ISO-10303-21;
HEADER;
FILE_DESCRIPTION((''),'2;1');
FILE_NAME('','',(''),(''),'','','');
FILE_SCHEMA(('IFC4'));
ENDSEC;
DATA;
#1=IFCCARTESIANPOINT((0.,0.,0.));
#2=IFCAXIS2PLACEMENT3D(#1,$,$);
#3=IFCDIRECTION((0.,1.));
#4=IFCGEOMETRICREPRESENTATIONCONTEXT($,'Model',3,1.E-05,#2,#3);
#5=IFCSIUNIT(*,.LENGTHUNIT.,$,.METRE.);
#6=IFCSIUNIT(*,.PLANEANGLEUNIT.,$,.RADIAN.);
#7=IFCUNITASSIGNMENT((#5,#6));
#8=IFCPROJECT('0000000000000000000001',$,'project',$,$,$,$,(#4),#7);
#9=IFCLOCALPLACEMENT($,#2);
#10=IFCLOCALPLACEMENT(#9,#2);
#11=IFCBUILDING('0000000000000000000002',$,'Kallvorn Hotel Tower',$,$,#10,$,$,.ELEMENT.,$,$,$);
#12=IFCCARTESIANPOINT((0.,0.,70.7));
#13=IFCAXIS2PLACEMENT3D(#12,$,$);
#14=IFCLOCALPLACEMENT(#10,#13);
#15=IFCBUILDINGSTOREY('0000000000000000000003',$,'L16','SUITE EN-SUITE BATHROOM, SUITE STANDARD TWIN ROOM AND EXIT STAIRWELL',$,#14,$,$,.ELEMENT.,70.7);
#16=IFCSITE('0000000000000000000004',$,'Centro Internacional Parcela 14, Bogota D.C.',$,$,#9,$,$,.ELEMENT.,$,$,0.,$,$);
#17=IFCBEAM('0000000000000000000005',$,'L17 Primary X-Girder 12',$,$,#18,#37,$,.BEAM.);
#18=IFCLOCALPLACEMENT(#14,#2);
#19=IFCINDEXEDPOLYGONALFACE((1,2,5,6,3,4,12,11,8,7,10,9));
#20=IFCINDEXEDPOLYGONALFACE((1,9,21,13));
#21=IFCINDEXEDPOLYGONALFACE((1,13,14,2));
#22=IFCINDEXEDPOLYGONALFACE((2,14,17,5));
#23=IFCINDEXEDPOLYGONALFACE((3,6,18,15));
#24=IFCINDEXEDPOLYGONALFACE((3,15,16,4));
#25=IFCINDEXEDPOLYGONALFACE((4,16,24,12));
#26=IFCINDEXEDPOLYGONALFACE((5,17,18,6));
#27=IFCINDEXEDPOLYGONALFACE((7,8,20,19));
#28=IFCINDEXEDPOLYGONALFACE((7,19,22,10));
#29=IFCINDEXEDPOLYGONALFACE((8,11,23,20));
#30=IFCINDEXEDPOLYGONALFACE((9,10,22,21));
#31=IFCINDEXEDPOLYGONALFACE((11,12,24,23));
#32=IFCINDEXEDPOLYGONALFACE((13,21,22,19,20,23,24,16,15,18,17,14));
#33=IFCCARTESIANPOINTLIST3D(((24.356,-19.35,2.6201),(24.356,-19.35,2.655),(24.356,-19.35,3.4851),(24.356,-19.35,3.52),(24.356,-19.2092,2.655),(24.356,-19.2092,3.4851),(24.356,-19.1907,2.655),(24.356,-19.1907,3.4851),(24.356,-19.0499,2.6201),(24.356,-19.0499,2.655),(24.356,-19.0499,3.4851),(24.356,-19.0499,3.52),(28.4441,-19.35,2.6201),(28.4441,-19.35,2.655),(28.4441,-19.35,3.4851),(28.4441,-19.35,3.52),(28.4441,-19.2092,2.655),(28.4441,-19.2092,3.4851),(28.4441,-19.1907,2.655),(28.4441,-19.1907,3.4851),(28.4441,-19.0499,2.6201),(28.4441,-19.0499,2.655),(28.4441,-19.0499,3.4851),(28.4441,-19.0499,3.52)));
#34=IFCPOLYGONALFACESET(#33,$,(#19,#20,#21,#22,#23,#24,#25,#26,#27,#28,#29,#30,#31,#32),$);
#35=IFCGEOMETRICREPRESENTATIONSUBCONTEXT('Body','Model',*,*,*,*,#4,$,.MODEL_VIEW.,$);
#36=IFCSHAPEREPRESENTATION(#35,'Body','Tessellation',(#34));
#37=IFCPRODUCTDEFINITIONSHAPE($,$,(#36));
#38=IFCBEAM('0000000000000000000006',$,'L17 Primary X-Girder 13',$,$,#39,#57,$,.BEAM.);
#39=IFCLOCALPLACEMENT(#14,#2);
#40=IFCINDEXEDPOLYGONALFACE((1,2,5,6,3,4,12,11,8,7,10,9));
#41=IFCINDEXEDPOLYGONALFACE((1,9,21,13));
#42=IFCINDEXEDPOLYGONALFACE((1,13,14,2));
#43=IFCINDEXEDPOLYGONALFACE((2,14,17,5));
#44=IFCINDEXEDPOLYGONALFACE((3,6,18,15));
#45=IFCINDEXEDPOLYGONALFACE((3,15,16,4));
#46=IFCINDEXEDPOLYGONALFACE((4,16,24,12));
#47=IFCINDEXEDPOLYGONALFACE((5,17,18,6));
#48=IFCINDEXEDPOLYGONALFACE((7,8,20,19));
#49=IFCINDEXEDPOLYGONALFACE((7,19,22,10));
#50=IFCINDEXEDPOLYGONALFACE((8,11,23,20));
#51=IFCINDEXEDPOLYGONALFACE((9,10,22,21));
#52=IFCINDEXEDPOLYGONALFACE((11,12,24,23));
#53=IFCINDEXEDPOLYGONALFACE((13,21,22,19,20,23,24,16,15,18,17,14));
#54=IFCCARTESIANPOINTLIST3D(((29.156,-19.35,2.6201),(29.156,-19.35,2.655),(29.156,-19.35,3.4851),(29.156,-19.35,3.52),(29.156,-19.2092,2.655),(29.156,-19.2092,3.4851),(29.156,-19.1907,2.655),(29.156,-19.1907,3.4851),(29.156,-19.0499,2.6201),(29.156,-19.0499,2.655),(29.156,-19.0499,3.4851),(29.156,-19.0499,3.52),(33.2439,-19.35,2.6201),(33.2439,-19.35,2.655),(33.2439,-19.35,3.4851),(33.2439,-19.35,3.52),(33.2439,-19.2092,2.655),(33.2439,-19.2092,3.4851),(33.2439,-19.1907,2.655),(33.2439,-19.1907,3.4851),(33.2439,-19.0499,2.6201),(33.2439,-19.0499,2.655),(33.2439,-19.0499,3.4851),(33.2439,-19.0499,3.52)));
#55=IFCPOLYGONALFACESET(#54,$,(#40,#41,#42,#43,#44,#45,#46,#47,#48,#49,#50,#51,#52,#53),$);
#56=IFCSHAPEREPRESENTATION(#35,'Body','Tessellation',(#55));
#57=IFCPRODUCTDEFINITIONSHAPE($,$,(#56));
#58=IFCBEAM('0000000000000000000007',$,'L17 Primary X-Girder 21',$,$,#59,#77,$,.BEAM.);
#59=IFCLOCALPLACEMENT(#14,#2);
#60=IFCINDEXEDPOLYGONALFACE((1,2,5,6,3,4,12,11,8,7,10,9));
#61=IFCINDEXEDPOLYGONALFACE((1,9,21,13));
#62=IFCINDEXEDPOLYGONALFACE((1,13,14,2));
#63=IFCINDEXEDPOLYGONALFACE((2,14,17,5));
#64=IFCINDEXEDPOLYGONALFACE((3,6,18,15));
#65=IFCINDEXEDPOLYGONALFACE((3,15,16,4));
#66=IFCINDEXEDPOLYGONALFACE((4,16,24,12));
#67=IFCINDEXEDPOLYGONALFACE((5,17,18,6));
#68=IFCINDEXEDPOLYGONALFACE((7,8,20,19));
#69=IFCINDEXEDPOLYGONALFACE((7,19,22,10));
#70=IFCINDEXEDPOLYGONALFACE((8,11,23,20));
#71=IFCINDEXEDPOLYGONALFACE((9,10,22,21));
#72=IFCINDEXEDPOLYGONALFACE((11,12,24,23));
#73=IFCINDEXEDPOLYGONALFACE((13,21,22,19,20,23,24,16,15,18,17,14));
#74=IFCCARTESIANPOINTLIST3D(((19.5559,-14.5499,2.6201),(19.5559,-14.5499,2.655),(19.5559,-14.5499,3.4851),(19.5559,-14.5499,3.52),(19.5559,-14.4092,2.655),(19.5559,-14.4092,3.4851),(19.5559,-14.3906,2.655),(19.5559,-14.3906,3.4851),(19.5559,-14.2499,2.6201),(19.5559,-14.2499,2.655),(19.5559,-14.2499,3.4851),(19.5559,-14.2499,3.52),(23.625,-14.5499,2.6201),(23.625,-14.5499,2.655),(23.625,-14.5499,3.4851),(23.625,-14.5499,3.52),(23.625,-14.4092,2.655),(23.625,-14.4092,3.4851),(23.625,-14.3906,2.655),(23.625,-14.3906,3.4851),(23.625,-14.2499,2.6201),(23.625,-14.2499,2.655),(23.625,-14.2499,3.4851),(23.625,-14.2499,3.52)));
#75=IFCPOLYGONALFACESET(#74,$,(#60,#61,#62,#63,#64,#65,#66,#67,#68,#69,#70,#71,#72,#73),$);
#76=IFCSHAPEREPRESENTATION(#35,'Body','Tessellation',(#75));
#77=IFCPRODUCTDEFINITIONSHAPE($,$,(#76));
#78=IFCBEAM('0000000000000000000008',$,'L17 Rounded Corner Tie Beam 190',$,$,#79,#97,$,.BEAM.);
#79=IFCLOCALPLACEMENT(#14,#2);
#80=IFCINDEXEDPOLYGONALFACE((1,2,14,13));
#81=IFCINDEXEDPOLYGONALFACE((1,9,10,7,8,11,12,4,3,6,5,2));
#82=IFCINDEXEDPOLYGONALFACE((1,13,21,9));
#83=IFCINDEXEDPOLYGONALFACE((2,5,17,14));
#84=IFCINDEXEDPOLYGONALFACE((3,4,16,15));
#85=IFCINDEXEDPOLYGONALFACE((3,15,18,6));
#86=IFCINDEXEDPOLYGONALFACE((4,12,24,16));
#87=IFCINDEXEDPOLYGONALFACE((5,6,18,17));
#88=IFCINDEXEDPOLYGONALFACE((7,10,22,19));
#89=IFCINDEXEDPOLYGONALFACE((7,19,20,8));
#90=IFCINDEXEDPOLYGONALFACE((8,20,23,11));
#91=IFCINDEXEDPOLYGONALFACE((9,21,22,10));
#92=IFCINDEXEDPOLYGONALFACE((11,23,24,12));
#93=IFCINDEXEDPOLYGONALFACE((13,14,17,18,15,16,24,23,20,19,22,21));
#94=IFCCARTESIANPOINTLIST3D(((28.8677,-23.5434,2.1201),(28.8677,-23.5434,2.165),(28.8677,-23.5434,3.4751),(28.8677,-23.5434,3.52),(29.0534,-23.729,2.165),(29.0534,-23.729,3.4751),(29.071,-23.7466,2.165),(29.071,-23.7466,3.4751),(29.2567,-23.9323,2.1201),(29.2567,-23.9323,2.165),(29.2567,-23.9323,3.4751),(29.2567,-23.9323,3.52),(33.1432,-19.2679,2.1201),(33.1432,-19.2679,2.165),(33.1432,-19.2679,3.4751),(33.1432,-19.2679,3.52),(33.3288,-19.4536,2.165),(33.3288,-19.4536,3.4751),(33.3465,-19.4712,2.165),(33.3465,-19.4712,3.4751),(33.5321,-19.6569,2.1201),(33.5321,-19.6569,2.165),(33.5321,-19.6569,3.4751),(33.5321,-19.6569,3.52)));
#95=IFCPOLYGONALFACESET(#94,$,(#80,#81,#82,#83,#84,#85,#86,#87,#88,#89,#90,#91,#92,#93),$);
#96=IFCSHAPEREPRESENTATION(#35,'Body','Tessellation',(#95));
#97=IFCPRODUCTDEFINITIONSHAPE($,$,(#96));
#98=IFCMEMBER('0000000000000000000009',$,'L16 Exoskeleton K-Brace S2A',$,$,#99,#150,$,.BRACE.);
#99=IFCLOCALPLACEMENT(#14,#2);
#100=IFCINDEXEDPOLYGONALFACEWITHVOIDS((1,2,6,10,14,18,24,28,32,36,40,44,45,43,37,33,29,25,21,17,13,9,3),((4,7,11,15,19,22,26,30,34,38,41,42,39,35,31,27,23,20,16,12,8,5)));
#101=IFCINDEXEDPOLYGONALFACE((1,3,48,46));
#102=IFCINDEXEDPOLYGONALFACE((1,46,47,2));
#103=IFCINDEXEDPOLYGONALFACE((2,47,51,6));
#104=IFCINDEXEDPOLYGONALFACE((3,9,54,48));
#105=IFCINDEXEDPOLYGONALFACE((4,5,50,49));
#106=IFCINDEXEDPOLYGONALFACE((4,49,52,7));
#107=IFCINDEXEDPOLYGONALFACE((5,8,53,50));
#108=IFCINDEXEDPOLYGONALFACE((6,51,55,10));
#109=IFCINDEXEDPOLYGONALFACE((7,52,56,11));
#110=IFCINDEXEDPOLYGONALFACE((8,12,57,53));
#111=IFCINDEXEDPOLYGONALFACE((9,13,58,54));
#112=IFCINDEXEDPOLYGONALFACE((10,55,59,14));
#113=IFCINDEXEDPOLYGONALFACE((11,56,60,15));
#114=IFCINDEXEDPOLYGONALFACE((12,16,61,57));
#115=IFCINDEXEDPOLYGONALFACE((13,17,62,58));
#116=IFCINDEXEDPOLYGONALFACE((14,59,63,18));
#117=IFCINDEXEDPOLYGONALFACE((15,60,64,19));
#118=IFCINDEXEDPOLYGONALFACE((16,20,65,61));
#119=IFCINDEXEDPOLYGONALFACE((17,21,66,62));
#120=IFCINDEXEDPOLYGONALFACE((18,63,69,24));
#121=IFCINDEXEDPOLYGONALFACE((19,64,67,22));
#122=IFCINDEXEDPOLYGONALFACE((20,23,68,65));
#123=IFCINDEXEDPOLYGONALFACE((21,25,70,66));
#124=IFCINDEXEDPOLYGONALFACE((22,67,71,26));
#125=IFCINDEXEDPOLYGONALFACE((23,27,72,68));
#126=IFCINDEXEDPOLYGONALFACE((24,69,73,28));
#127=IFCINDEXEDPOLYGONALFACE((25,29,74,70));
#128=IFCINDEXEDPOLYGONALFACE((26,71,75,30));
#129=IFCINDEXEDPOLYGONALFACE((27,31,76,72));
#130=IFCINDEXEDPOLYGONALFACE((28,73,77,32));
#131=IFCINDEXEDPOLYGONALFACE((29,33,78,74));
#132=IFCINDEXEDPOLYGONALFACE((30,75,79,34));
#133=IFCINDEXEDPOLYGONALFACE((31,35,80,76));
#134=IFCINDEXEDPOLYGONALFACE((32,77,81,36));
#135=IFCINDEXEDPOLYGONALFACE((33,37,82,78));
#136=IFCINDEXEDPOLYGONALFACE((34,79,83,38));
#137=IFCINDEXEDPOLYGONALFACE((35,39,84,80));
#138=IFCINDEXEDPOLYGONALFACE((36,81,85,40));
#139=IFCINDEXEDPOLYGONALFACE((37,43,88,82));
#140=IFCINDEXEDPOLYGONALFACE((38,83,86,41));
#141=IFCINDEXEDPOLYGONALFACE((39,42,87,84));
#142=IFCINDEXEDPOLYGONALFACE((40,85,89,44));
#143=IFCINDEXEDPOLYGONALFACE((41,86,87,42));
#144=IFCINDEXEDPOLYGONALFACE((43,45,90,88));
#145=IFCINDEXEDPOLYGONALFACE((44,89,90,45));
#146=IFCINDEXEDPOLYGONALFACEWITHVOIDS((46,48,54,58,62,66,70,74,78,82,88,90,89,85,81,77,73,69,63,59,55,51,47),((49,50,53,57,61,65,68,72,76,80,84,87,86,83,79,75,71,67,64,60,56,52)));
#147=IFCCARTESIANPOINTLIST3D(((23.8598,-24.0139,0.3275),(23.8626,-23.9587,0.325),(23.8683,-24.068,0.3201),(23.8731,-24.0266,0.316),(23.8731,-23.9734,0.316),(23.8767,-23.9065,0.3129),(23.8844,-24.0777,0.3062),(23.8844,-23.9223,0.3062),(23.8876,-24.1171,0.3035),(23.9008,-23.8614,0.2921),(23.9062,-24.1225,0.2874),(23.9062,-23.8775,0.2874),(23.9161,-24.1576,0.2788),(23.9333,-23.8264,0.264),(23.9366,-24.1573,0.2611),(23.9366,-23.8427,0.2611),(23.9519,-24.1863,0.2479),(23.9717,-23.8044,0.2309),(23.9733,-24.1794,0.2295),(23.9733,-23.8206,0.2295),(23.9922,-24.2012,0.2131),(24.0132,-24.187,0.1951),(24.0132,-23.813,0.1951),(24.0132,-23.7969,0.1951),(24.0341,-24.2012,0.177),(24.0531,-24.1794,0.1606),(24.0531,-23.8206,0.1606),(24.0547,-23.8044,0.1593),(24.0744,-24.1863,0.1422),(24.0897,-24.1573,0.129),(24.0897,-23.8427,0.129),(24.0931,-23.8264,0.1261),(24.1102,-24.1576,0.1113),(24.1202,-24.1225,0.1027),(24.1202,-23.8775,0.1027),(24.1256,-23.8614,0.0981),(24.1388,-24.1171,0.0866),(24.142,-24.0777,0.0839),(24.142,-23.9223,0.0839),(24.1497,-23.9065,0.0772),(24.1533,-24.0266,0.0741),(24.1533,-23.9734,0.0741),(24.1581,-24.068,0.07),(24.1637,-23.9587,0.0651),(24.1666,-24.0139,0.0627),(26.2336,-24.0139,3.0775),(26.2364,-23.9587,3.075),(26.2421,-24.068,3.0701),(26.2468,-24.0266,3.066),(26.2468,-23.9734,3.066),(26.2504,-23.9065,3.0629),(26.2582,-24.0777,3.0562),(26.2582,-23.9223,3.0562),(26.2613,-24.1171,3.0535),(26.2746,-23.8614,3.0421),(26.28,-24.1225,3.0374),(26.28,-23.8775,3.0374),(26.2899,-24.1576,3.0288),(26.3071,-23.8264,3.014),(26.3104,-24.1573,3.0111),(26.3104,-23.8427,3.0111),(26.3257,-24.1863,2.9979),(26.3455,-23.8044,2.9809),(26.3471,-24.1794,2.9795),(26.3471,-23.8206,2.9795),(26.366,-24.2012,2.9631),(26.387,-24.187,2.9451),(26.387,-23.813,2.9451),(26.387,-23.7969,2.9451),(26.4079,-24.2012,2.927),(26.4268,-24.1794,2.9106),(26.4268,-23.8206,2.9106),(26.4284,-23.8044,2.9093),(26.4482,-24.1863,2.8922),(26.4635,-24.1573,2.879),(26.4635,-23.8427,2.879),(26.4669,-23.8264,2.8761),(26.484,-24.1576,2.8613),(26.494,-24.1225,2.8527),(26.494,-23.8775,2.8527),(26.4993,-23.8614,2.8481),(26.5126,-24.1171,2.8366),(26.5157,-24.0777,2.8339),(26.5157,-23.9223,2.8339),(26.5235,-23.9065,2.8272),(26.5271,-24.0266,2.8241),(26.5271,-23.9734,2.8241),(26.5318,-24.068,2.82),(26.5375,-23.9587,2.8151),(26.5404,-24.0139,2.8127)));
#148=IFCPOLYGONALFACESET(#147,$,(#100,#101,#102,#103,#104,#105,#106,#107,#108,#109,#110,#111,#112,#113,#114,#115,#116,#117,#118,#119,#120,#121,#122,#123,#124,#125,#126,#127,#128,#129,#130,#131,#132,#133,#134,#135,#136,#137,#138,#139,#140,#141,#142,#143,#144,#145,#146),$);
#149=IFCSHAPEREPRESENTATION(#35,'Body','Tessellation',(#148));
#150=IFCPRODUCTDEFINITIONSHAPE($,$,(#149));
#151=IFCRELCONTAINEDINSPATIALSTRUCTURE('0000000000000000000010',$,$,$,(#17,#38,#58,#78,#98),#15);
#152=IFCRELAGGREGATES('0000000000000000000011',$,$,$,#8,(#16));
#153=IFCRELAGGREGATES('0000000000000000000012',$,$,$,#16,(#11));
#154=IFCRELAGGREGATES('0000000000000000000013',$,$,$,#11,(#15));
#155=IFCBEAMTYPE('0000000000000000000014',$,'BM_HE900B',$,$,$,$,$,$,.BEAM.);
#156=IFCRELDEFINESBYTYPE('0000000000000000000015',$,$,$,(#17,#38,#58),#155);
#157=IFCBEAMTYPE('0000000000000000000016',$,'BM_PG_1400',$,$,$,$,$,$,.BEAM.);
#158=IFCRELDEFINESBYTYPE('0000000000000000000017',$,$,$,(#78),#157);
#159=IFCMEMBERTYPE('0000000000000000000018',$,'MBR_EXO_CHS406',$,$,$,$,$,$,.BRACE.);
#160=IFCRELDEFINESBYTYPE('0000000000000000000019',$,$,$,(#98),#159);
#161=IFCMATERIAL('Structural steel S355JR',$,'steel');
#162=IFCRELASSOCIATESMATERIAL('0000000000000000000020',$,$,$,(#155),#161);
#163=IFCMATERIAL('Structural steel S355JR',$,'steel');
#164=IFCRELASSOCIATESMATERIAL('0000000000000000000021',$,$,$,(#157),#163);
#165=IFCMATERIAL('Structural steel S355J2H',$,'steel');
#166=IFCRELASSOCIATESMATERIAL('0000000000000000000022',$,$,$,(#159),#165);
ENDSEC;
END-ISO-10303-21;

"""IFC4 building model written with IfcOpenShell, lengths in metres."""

from ifc_helpers import new_model, si_unit, direction, frame, origin, origin_2d, place, context, subcontext, project, spatial, hollow_circle, i_section, extrude, material, material_profile, profile_set, type_object, element, save


model = new_model("IFC4")

# Units and contexts
model_context = context("Model", 3, precision=1e-05, world=origin(), true_north=direction((0.0, 1.0)))
body_context = subcontext(model_context, "Body", "Model", "MODEL_VIEW")
ifc_project = project(units=[si_unit("LENGTHUNIT", "METRE"), si_unit("PLANEANGLEUNIT", "RADIAN")], contexts=[model_context])

# Site, building, storey
site_placement = place(None, origin())
site = spatial("IfcSite", under=ifc_project, at=site_placement, Name="Centro Internacional Parcela 14, Bogota D.C.", CompositionType="ELEMENT", RefElevation=0.0)
building_placement = place(site_placement, origin())
building = spatial("IfcBuilding", under=site, at=building_placement, Name="Kallvorn Hotel Tower", CompositionType="ELEMENT")
storey_placement = place(building_placement, frame((0.0, 0.0, 70.7)))
storey = spatial("IfcBuildingStorey", under=building, at=storey_placement, Name="L16", Description="SUITE EN-SUITE BATHROOM, SUITE STANDARD TWIN ROOM AND EXIT STAIRWELL", CompositionType="ELEMENT", Elevation=70.7)

# Beams
ifc_material_1 = material(Name="Structural steel S355JR", Category="steel")
ifc_material_profile_1 = material_profile(ifc_material_1, i_section(OverallWidth=0.3, OverallDepth=0.8999, WebThickness=0.0186, FlangeThickness=0.0349, at=origin_2d()), Name="HE 900 B")
ifc_profile_set_1 = profile_set([ifc_material_profile_1], Name="Structural steel S355JR")
beam_type_1 = type_object("IfcBeamType", Name="BM_HE900B", PredefinedType="BEAM", material=ifc_profile_set_1)
for number, where, z_axis, x_axis, name in (
    (1, (24.356, -19.2, 3.0701), (1.0, 0.0, 0.0), (0.0, 1.0, 0.0), "L17 Primary X-Girder 12"),
):
    element("IfcBeam", number, at=place(storey_placement, frame(where, z_axis=z_axis, x_axis=x_axis)), inside=storey, type_object=beam_type_1, Name=name, PredefinedType="BEAM", context=body_context, shape_type="SweptSolid", body=[
        extrude(i_section(OverallWidth=0.3, OverallDepth=0.8999, WebThickness=0.0186, FlangeThickness=0.0349, at=origin_2d()), origin(), (0.0, 0.0, 1.0), 4.0881),
    ])
beam_1_placement = place(storey_placement, frame((29.156, -19.2, 3.0701), z_axis=(1.0, 0.0, 0.0), x_axis=(0.0, 1.0, 0.0)))
element("IfcBeam", 2, at=beam_1_placement, inside=storey, type_object=beam_type_1, Name="L17 Primary X-Girder 13", PredefinedType="BEAM", context=body_context, shape_type="SweptSolid", body=[
    extrude(i_section(OverallWidth=0.3, OverallDepth=0.8999, WebThickness=0.0186, FlangeThickness=0.0349, at=origin_2d()), origin(), (0.0, 0.0, 1.0), 4.0879),
])
beam_2_placement = place(storey_placement, frame((19.5559, -14.3999, 3.0701), z_axis=(1.0, 0.0, 0.0), x_axis=(0.0, 1.0, 0.0)))
element("IfcBeam", 3, at=beam_2_placement, inside=storey, type_object=beam_type_1, Name="L17 Primary X-Girder 21", PredefinedType="BEAM", context=body_context, shape_type="SweptSolid", body=[
    extrude(i_section(OverallWidth=0.3, OverallDepth=0.8999, WebThickness=0.0186, FlangeThickness=0.0349, at=origin_2d()), origin(), (0.0, 0.0, 1.0), 4.0691),
])
ifc_material_2 = material(Name="Structural steel S355JR", Category="steel")
ifc_material_profile_2 = material_profile(ifc_material_2, i_section(OverallWidth=0.55, OverallDepth=1.3999, WebThickness=0.0249, FlangeThickness=0.0449, at=origin_2d()), Name="PG 1400x550x25x45")
ifc_profile_set_2 = profile_set([ifc_material_profile_2], Name="Structural steel S355JR")
beam_type_2 = type_object("IfcBeamType", Name="BM_PG_1400", PredefinedType="BEAM", material=ifc_profile_set_2)
beam_3_placement = place(storey_placement, frame((33.3376, -19.4624, 2.8201), z_axis=(-0.707107, -0.707107, 0.0), x_axis=(0.707107, -0.707107, 0.0)))
element("IfcBeam", 4, at=beam_3_placement, inside=storey, type_object=beam_type_2, Name="L17 Rounded Corner Tie Beam 190", PredefinedType="BEAM", context=body_context, shape_type="SweptSolid", body=[
    extrude(i_section(OverallWidth=0.55, OverallDepth=1.3999, WebThickness=0.0249, FlangeThickness=0.0449, at=origin_2d()), origin(), (0.0, 0.0, 1.0), 6.0464),
])

# Member
ifc_material_3 = material(Name="Structural steel S355J2H", Category="steel")
ifc_material_profile_3 = material_profile(ifc_material_3, hollow_circle(Radius=0.2031, WallThickness=0.0161, at=origin_2d()), Name="CHS 406.4x16")
ifc_profile_set_3 = profile_set([ifc_material_profile_3], Name="Structural steel S355J2H")
member_type = type_object("IfcMemberType", Name="MBR_EXO_CHS406", PredefinedType="BRACE", material=ifc_profile_set_3)
for number, where, z_axis, x_axis, name in (
    (5, (24.0132, -24.0, 0.1951), (0.653427, 0.0, 0.756989), (0.0, 1.0, 0.0), "L16 Exoskeleton K-Brace S2A"),
):
    element("IfcMember", number, at=place(storey_placement, frame(where, z_axis=z_axis, x_axis=x_axis)), inside=storey, type_object=member_type, Name=name, PredefinedType="BRACE", context=body_context, shape_type="SweptSolid", body=[
        extrude(hollow_circle(Radius=0.2031, WallThickness=0.0161, at=origin_2d()), origin(), (0.0, 0.0, 1.0), 3.6328),
    ])

save(model, "model.ifc")
